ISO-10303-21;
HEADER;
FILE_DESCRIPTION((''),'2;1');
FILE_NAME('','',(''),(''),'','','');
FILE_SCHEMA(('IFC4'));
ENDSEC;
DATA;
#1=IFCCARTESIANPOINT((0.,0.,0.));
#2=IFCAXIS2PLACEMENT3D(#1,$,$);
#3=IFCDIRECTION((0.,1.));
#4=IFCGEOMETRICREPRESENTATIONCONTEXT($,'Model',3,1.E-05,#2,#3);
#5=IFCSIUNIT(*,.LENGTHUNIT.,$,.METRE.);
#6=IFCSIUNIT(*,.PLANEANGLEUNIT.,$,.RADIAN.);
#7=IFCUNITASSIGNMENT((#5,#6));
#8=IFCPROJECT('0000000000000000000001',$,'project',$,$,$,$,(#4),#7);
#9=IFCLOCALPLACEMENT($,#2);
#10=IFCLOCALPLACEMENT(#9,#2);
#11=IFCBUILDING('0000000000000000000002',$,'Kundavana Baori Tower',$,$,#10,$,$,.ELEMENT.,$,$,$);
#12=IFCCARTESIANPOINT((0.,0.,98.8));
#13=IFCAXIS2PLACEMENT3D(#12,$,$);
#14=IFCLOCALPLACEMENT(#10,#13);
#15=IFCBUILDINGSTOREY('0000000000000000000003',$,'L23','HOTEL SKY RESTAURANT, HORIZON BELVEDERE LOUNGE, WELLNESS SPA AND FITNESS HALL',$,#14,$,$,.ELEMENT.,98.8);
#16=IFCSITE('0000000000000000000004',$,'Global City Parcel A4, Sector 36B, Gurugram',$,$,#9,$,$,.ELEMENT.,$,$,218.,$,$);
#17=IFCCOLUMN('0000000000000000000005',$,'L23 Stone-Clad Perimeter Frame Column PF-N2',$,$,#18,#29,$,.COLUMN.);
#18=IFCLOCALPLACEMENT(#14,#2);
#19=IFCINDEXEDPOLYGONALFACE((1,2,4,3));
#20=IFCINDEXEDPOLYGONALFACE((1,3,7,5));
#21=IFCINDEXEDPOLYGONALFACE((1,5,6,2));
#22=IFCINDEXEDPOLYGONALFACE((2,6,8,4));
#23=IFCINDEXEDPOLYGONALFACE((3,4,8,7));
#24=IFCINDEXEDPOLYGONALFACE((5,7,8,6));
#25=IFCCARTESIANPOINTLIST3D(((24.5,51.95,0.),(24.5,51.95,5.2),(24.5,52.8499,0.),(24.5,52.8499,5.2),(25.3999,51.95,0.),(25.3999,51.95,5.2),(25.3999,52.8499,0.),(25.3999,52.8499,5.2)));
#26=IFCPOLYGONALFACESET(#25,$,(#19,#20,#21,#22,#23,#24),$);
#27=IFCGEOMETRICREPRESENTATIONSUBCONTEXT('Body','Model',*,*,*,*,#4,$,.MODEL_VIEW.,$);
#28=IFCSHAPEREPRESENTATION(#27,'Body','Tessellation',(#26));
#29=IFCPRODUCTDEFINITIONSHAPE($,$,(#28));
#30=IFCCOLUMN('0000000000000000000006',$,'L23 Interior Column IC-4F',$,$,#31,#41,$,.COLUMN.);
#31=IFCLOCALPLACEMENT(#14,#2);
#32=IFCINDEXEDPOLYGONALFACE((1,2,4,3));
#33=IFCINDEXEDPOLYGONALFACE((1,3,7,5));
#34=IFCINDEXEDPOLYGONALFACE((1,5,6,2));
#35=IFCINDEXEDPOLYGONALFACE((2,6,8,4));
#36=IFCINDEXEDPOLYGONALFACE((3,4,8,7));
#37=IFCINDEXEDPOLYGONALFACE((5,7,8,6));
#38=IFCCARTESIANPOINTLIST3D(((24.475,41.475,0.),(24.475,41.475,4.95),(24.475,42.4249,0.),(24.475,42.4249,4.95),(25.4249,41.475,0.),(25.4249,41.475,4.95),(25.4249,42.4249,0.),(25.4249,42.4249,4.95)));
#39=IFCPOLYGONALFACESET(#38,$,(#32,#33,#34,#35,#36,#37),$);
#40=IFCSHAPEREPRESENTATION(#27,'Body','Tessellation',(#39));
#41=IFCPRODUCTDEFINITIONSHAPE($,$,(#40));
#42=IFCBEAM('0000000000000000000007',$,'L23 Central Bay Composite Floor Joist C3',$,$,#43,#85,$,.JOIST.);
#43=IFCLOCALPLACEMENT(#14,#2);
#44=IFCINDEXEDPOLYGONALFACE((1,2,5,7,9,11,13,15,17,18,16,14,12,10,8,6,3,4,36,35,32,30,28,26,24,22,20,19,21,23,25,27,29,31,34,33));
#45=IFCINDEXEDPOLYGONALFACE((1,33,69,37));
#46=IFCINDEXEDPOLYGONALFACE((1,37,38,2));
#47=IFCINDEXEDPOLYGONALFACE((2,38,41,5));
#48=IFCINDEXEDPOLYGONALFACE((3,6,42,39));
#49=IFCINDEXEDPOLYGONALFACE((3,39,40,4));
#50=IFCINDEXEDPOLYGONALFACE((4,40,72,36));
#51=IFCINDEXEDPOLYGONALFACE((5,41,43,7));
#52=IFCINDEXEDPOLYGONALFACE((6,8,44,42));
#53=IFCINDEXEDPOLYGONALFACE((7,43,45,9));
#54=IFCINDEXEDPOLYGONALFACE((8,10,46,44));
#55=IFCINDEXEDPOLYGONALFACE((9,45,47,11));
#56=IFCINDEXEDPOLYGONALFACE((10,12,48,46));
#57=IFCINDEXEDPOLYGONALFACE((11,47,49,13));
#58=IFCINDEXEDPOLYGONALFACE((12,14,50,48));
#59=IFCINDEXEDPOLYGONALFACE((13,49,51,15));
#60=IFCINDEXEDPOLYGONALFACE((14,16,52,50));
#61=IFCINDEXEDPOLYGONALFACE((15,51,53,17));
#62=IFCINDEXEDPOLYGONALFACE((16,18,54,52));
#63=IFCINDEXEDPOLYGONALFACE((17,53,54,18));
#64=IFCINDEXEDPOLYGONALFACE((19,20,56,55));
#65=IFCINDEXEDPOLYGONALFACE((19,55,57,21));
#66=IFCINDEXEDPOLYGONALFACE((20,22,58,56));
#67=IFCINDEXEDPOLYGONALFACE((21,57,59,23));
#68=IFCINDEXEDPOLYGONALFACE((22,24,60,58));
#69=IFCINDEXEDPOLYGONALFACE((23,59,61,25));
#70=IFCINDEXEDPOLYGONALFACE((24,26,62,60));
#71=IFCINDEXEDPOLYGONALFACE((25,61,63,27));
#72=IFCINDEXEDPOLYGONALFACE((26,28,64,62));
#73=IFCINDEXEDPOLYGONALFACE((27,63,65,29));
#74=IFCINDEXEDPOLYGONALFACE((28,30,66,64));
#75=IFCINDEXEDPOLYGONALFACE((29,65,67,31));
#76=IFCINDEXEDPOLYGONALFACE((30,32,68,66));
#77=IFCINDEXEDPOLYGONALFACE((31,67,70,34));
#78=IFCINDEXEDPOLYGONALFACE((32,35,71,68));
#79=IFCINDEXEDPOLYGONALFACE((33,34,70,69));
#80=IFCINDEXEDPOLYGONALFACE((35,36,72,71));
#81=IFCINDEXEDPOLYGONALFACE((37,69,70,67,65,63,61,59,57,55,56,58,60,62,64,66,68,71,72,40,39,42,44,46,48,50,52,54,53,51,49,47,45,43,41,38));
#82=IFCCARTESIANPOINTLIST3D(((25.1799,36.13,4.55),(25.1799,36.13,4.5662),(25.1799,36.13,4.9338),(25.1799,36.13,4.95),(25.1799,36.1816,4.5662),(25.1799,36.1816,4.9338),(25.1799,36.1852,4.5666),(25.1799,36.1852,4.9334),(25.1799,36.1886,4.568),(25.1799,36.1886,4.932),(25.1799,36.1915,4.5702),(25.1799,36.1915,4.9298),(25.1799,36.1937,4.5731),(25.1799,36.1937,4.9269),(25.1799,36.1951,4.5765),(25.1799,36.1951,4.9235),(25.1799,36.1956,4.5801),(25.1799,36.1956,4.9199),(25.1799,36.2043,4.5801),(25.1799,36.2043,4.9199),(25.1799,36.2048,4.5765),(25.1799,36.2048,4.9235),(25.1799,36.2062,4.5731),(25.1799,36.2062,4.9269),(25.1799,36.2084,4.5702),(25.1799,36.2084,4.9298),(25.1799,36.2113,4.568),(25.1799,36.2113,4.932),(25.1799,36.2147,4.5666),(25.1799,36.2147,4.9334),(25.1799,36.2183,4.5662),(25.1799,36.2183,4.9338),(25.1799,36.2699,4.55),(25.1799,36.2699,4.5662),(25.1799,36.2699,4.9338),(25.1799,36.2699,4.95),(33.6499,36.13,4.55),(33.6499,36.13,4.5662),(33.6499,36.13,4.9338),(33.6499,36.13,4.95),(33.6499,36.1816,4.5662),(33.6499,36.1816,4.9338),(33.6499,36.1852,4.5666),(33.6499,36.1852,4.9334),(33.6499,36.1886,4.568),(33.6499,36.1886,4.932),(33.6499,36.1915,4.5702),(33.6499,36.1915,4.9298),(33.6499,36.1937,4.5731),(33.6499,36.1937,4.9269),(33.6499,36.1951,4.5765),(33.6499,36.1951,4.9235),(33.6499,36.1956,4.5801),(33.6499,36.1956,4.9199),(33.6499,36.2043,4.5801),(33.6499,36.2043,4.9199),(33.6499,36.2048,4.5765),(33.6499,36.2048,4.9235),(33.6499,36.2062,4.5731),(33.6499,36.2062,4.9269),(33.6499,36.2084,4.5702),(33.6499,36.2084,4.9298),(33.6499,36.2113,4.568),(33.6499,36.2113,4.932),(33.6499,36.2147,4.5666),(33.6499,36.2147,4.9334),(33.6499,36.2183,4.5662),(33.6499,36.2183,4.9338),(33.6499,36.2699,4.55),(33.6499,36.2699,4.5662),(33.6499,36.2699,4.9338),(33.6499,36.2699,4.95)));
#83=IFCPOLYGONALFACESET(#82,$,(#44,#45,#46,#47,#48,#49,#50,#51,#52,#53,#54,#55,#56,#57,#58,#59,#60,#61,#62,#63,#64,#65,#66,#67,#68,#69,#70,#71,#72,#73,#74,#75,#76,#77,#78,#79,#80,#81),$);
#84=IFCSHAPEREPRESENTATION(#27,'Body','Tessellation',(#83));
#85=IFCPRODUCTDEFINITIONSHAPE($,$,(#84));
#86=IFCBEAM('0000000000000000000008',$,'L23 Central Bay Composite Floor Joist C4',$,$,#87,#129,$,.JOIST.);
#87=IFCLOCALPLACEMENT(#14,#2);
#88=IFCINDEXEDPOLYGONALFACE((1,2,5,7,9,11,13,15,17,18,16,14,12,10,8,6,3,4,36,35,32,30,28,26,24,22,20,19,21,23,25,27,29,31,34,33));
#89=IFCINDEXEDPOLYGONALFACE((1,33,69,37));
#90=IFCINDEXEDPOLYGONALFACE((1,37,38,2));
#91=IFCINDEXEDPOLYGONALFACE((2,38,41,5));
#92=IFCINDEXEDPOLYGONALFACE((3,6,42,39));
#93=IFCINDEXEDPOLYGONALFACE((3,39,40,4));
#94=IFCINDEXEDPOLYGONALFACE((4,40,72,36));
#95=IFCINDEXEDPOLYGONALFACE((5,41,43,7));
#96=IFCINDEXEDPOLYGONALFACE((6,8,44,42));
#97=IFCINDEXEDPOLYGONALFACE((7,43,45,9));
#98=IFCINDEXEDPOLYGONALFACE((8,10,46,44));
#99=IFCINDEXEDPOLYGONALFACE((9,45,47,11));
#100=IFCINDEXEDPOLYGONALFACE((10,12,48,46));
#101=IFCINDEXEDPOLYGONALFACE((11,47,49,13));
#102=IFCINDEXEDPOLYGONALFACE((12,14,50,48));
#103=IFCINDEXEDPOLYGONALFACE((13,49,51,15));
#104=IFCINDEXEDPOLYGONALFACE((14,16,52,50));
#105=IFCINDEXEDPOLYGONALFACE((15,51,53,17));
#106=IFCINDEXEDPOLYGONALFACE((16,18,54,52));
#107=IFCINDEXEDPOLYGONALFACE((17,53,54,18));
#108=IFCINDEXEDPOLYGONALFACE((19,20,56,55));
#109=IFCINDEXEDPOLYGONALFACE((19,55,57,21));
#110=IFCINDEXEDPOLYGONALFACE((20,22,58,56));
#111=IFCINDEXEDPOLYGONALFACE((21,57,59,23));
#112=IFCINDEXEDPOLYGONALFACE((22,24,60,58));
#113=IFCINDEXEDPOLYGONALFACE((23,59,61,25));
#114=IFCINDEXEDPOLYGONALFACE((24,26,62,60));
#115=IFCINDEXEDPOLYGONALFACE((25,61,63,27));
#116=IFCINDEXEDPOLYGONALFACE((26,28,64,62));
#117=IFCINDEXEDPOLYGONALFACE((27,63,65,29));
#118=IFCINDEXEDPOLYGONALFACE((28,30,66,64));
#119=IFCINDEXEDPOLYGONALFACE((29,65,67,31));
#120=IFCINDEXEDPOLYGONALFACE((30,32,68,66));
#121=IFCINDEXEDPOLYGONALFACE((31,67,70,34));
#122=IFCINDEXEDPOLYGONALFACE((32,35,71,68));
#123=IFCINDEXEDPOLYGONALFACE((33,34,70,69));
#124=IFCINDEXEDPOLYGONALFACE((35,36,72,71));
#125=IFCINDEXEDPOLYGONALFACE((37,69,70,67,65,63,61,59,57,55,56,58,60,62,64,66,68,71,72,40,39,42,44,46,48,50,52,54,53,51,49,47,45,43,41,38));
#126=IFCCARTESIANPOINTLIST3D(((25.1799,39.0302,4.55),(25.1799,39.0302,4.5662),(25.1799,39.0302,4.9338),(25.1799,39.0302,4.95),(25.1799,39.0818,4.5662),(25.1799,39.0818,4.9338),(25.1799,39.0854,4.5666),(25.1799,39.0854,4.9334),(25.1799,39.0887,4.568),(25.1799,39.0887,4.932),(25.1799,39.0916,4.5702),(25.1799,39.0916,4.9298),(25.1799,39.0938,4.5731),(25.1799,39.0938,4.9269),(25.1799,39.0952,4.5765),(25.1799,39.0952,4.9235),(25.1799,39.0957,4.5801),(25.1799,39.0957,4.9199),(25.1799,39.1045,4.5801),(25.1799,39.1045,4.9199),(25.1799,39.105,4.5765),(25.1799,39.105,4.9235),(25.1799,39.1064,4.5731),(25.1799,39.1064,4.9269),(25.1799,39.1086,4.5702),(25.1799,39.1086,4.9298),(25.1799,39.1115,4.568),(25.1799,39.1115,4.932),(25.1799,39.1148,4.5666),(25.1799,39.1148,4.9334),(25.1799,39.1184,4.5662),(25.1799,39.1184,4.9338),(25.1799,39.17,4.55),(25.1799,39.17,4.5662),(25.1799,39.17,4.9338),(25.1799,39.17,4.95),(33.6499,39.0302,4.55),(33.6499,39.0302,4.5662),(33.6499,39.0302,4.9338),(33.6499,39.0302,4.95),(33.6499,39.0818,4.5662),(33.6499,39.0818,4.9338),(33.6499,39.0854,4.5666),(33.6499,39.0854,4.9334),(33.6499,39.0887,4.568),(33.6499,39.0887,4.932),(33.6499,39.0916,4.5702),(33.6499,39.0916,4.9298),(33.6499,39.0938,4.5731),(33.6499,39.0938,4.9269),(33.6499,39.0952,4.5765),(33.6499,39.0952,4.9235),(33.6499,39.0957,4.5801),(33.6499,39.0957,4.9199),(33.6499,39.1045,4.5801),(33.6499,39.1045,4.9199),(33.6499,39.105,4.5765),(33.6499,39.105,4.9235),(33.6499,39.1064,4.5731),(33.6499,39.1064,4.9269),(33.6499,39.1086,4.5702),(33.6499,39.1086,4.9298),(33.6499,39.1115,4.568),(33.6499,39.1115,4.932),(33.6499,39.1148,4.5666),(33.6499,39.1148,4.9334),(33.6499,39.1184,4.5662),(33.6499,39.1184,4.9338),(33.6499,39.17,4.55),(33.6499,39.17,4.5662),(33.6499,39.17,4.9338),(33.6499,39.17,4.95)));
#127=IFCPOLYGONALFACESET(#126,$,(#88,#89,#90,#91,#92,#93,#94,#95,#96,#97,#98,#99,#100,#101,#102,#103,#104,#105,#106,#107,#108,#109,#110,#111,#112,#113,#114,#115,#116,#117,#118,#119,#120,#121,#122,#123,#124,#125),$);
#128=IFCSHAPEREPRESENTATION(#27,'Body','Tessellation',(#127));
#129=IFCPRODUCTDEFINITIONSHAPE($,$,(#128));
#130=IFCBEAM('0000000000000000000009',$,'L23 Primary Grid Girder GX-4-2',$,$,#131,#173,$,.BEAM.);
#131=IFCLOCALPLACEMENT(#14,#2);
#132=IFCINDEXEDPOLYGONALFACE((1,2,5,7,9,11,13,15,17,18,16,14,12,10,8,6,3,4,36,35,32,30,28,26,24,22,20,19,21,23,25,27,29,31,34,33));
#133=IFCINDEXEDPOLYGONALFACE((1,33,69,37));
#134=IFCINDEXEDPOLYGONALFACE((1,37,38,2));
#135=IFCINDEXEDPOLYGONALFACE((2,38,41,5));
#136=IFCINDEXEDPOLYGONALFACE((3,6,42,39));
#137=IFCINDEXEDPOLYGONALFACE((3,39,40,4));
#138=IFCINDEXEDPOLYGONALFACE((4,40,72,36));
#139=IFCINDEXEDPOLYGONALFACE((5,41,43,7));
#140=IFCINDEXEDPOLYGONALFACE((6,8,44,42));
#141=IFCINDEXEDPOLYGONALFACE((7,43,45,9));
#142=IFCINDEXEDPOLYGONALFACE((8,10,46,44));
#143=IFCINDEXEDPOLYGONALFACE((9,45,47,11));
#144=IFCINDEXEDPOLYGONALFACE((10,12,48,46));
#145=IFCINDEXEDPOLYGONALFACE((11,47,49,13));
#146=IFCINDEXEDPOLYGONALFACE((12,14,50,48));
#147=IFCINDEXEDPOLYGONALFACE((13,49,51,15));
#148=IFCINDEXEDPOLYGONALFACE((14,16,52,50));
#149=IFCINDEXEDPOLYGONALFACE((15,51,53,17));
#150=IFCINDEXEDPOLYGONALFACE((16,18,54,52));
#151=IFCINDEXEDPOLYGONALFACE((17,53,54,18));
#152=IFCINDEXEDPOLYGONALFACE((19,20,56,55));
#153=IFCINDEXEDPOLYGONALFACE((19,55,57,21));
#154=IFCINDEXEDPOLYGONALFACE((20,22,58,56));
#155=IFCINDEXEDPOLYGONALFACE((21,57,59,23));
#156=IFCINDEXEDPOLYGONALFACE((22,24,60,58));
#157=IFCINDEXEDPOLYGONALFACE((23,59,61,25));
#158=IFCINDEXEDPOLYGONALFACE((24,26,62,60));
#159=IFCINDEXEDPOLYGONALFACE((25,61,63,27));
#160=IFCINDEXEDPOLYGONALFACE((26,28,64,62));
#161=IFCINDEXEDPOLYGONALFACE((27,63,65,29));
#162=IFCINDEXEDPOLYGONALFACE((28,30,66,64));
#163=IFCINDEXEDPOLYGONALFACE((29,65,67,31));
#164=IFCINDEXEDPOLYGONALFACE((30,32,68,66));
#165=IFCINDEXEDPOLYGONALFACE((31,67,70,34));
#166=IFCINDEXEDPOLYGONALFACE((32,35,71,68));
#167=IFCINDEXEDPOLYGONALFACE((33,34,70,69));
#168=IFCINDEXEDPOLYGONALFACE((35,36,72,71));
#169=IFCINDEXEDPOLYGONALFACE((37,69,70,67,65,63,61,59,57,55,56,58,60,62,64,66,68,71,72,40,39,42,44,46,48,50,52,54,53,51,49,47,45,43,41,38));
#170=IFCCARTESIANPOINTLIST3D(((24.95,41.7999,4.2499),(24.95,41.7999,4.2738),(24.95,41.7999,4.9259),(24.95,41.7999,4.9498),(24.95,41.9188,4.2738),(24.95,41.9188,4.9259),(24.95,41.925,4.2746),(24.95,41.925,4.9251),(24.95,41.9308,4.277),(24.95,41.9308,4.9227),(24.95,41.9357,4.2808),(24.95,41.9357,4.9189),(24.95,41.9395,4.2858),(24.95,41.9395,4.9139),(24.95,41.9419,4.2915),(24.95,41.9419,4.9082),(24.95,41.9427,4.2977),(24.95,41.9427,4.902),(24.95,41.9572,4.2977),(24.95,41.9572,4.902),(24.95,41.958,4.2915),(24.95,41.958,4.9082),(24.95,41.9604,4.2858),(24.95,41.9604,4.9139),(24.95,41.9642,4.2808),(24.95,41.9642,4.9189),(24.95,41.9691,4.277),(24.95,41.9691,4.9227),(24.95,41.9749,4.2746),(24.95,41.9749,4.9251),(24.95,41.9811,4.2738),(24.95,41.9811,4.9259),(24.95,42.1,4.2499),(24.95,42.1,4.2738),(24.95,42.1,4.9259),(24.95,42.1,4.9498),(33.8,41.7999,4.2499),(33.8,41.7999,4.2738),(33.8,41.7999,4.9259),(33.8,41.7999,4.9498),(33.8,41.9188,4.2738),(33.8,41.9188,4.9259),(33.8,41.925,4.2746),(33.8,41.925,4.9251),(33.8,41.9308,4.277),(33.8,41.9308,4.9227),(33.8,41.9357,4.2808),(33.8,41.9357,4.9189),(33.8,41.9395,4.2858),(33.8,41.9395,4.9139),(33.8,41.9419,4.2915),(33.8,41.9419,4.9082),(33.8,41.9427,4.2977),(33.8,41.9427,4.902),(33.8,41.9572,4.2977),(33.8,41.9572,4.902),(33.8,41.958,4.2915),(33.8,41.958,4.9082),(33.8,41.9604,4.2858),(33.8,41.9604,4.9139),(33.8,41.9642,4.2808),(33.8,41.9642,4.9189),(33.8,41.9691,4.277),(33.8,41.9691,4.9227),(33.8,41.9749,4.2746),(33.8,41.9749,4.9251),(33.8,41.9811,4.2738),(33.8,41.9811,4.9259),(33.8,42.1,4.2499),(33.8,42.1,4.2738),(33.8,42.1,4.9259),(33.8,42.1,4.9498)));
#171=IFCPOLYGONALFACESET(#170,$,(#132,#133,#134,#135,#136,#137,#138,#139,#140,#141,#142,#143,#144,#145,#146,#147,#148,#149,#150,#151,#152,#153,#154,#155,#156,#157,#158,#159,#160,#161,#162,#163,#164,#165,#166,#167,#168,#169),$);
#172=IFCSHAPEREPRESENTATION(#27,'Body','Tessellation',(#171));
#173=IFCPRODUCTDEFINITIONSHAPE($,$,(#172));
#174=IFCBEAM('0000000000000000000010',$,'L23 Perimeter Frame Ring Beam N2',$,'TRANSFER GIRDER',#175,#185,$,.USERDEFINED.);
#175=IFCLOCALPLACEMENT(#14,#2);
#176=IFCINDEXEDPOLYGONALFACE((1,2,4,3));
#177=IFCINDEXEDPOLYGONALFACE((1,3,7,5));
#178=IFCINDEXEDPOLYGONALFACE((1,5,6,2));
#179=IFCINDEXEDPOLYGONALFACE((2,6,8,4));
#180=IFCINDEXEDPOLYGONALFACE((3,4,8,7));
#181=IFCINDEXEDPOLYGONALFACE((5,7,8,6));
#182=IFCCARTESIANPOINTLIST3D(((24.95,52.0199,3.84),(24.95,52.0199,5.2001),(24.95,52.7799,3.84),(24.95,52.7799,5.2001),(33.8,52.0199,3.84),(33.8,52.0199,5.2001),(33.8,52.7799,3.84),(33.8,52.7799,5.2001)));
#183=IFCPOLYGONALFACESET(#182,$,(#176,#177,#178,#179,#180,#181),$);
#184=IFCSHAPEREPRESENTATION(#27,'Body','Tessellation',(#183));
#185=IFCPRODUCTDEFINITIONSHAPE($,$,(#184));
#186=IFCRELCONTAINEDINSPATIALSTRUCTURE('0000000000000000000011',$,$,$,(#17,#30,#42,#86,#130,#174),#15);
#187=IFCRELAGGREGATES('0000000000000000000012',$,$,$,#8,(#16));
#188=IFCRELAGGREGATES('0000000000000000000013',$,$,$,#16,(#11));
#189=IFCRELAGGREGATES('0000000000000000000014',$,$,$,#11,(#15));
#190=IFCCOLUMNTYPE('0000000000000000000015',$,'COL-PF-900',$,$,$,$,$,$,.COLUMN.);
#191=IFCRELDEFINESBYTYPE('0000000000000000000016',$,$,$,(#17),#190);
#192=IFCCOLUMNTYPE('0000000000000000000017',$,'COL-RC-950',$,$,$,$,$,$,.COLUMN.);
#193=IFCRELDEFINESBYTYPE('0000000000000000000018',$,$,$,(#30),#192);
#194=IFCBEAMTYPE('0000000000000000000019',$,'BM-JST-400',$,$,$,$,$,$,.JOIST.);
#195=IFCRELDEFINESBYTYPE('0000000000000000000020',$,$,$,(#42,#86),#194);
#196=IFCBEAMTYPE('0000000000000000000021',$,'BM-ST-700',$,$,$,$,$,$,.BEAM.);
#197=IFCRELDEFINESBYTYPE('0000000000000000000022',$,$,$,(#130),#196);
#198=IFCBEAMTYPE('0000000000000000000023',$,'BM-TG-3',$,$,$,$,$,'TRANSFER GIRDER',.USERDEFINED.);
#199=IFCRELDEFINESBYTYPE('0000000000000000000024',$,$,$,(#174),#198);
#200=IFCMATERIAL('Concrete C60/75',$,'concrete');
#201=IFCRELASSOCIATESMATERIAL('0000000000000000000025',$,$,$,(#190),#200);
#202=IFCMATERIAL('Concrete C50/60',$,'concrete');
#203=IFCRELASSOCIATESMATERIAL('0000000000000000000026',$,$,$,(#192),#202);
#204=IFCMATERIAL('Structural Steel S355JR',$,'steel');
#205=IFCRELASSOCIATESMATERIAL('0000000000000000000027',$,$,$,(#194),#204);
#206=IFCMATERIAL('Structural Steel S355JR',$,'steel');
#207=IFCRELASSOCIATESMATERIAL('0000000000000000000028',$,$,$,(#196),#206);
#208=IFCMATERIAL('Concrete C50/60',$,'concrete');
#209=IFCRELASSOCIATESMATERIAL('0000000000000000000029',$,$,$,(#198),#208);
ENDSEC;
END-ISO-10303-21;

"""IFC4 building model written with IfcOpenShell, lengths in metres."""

from ifc_helpers import new_model, si_unit, direction, frame, origin, origin_2d, place, context, subcontext, project, spatial, rectangle, i_section, extrude, material, material_profile, profile_set, type_object, element, save


model = new_model("IFC4")

# Units and contexts
model_context = context("Model", 3, precision=1e-05, world=origin(), true_north=direction((0.0, 1.0)))
body_context = subcontext(model_context, "Body", "Model", "MODEL_VIEW")
ifc_project = project(units=[si_unit("LENGTHUNIT", "METRE"), si_unit("PLANEANGLEUNIT", "RADIAN")], contexts=[model_context])

# Site, building, storey
site_placement = place(None, origin())
site = spatial("IfcSite", under=ifc_project, at=site_placement, Name="Global City Parcel A4, Sector 36B, Gurugram", CompositionType="ELEMENT", RefElevation=218.0)
building_placement = place(site_placement, origin())
building = spatial("IfcBuilding", under=site, at=building_placement, Name="Kundavana Baori Tower", CompositionType="ELEMENT")
storey_placement = place(building_placement, frame((0.0, 0.0, 98.8)))
storey = spatial("IfcBuildingStorey", under=building, at=storey_placement, Name="L23", Description="HOTEL SKY RESTAURANT, HORIZON BELVEDERE LOUNGE, WELLNESS SPA AND FITNESS HALL", CompositionType="ELEMENT", Elevation=98.8)

# Columns
ifc_material_1 = material(Name="Concrete C60/75", Category="concrete")
ifc_material_profile_1 = material_profile(ifc_material_1, rectangle(XDim=0.8999, YDim=0.8999, at=origin_2d()), Name="RC PF 900x900")
ifc_profile_set_1 = profile_set([ifc_material_profile_1], Name="Concrete C60/75")
column_type_1 = type_object("IfcColumnType", Name="COL-PF-900", PredefinedType="COLUMN", material=ifc_profile_set_1)
column_1_placement = place(storey_placement, frame((24.95, 52.3999, 0.0), z_axis=(0.0, 0.0, 1.0), x_axis=(1.0, 0.0, 0.0)))
element("IfcColumn", 1, at=column_1_placement, inside=storey, type_object=column_type_1, Name="L23 Stone-Clad Perimeter Frame Column PF-N2", PredefinedType="COLUMN", context=body_context, shape_type="SweptSolid", body=[
    extrude(rectangle(XDim=0.8999, YDim=0.8999, at=origin_2d()), origin(), (0.0, 0.0, 1.0), 5.2),
])
ifc_material_2 = material(Name="Concrete C50/60", Category="concrete")
ifc_material_profile_2 = material_profile(ifc_material_2, rectangle(XDim=0.95, YDim=0.95, at=origin_2d()), Name="RC 950x950")
ifc_profile_set_2 = profile_set([ifc_material_profile_2], Name="Concrete C50/60")
column_type_2 = type_object("IfcColumnType", Name="COL-RC-950", PredefinedType="COLUMN", material=ifc_profile_set_2)
column_2_placement = place(storey_placement, frame((24.95, 41.95, 0.0), z_axis=(0.0, 0.0, 1.0), x_axis=(1.0, 0.0, 0.0)))
element("IfcColumn", 2, at=column_2_placement, inside=storey, type_object=column_type_2, Name="L23 Interior Column IC-4F", PredefinedType="COLUMN", context=body_context, shape_type="SweptSolid", body=[
    extrude(rectangle(XDim=0.95, YDim=0.95, at=origin_2d()), origin(), (0.0, 0.0, 1.0), 4.95),
])

# Beams
ifc_material_3 = material(Name="Structural Steel S355JR", Category="steel")
ifc_material_profile_3 = material_profile(ifc_material_3, i_section(OverallWidth=0.1399, OverallDepth=0.3999, WebThickness=0.0088, FlangeThickness=0.0161, FilletRadius=0.0139, at=origin_2d()), Name="ISMB 400")
ifc_profile_set_3 = profile_set([ifc_material_profile_3], Name="Structural Steel S355JR")
beam_type_1 = type_object("IfcBeamType", Name="BM-JST-400", PredefinedType="JOIST", material=ifc_profile_set_3)
for number, where, z_axis, x_axis, name in (
    (3, (25.1799, 36.2, 4.75), (1.0, 0.0, 0.0), (0.0, 1.0, 0.0), "L23 Central Bay Composite Floor Joist C3"),
    (4, (25.1799, 39.1001, 4.75), (1.0, 0.0, 0.0), (0.0, 1.0, 0.0), "L23 Central Bay Composite Floor Joist C4"),
):
    element("IfcBeam", number, at=place(storey_placement, frame(where, z_axis=z_axis, x_axis=x_axis)), inside=storey, type_object=beam_type_1, Name=name, PredefinedType="JOIST", context=body_context, shape_type="SweptSolid", body=[
        extrude(i_section(OverallWidth=0.1399, OverallDepth=0.3999, WebThickness=0.0088, FlangeThickness=0.0161, FilletRadius=0.0139, at=origin_2d()), origin(), (0.0, 0.0, 1.0), 8.47),
    ])
ifc_material_4 = material(Name="Structural Steel S355JR", Category="steel")
ifc_material_profile_4 = material_profile(ifc_material_4, i_section(OverallWidth=0.3, OverallDepth=0.7, WebThickness=0.0144, FlangeThickness=0.0239, FilletRadius=0.0239, at=origin_2d()), Name="NPB 700x300x170")
ifc_profile_set_4 = profile_set([ifc_material_profile_4], Name="Structural Steel S355JR")
beam_type_2 = type_object("IfcBeamType", Name="BM-ST-700", PredefinedType="BEAM", material=ifc_profile_set_4)
beam_1_placement = place(storey_placement, frame((24.95, 41.95, 4.5999), z_axis=(1.0, 0.0, 0.0), x_axis=(0.0, 1.0, 0.0)))
element("IfcBeam", 5, at=beam_1_placement, inside=storey, type_object=beam_type_2, Name="L23 Primary Grid Girder GX-4-2", PredefinedType="BEAM", context=body_context, shape_type="SweptSolid", body=[
    extrude(i_section(OverallWidth=0.3, OverallDepth=0.7, WebThickness=0.0144, FlangeThickness=0.0239, FilletRadius=0.0239, at=origin_2d()), origin(), (0.0, 0.0, 1.0), 8.8501),
])
ifc_material_5 = material(Name="Concrete C50/60", Category="concrete")
ifc_material_profile_5 = material_profile(ifc_material_5, rectangle(XDim=0.76, YDim=1.3601, at=origin_2d()), Name="BM-TG-3")
ifc_profile_set_5 = profile_set([ifc_material_profile_5], Name="Concrete C50/60")
beam_type_3 = type_object("IfcBeamType", Name="BM-TG-3", ElementType="TRANSFER GIRDER", PredefinedType="USERDEFINED", material=ifc_profile_set_5)
beam_2_placement = place(storey_placement, frame((24.95, 52.3999, 4.52), z_axis=(1.0, 0.0, 0.0), x_axis=(0.0, 1.0, 0.0)))
element("IfcBeam", 6, at=beam_2_placement, inside=storey, type_object=beam_type_3, Name="L23 Perimeter Frame Ring Beam N2", ObjectType="TRANSFER GIRDER", PredefinedType="USERDEFINED", context=body_context, shape_type="SweptSolid", body=[
    extrude(rectangle(XDim=0.76, YDim=1.3601, at=origin_2d()), origin(), (0.0, 0.0, 1.0), 8.8501),
])

save(model, "model.ifc")
